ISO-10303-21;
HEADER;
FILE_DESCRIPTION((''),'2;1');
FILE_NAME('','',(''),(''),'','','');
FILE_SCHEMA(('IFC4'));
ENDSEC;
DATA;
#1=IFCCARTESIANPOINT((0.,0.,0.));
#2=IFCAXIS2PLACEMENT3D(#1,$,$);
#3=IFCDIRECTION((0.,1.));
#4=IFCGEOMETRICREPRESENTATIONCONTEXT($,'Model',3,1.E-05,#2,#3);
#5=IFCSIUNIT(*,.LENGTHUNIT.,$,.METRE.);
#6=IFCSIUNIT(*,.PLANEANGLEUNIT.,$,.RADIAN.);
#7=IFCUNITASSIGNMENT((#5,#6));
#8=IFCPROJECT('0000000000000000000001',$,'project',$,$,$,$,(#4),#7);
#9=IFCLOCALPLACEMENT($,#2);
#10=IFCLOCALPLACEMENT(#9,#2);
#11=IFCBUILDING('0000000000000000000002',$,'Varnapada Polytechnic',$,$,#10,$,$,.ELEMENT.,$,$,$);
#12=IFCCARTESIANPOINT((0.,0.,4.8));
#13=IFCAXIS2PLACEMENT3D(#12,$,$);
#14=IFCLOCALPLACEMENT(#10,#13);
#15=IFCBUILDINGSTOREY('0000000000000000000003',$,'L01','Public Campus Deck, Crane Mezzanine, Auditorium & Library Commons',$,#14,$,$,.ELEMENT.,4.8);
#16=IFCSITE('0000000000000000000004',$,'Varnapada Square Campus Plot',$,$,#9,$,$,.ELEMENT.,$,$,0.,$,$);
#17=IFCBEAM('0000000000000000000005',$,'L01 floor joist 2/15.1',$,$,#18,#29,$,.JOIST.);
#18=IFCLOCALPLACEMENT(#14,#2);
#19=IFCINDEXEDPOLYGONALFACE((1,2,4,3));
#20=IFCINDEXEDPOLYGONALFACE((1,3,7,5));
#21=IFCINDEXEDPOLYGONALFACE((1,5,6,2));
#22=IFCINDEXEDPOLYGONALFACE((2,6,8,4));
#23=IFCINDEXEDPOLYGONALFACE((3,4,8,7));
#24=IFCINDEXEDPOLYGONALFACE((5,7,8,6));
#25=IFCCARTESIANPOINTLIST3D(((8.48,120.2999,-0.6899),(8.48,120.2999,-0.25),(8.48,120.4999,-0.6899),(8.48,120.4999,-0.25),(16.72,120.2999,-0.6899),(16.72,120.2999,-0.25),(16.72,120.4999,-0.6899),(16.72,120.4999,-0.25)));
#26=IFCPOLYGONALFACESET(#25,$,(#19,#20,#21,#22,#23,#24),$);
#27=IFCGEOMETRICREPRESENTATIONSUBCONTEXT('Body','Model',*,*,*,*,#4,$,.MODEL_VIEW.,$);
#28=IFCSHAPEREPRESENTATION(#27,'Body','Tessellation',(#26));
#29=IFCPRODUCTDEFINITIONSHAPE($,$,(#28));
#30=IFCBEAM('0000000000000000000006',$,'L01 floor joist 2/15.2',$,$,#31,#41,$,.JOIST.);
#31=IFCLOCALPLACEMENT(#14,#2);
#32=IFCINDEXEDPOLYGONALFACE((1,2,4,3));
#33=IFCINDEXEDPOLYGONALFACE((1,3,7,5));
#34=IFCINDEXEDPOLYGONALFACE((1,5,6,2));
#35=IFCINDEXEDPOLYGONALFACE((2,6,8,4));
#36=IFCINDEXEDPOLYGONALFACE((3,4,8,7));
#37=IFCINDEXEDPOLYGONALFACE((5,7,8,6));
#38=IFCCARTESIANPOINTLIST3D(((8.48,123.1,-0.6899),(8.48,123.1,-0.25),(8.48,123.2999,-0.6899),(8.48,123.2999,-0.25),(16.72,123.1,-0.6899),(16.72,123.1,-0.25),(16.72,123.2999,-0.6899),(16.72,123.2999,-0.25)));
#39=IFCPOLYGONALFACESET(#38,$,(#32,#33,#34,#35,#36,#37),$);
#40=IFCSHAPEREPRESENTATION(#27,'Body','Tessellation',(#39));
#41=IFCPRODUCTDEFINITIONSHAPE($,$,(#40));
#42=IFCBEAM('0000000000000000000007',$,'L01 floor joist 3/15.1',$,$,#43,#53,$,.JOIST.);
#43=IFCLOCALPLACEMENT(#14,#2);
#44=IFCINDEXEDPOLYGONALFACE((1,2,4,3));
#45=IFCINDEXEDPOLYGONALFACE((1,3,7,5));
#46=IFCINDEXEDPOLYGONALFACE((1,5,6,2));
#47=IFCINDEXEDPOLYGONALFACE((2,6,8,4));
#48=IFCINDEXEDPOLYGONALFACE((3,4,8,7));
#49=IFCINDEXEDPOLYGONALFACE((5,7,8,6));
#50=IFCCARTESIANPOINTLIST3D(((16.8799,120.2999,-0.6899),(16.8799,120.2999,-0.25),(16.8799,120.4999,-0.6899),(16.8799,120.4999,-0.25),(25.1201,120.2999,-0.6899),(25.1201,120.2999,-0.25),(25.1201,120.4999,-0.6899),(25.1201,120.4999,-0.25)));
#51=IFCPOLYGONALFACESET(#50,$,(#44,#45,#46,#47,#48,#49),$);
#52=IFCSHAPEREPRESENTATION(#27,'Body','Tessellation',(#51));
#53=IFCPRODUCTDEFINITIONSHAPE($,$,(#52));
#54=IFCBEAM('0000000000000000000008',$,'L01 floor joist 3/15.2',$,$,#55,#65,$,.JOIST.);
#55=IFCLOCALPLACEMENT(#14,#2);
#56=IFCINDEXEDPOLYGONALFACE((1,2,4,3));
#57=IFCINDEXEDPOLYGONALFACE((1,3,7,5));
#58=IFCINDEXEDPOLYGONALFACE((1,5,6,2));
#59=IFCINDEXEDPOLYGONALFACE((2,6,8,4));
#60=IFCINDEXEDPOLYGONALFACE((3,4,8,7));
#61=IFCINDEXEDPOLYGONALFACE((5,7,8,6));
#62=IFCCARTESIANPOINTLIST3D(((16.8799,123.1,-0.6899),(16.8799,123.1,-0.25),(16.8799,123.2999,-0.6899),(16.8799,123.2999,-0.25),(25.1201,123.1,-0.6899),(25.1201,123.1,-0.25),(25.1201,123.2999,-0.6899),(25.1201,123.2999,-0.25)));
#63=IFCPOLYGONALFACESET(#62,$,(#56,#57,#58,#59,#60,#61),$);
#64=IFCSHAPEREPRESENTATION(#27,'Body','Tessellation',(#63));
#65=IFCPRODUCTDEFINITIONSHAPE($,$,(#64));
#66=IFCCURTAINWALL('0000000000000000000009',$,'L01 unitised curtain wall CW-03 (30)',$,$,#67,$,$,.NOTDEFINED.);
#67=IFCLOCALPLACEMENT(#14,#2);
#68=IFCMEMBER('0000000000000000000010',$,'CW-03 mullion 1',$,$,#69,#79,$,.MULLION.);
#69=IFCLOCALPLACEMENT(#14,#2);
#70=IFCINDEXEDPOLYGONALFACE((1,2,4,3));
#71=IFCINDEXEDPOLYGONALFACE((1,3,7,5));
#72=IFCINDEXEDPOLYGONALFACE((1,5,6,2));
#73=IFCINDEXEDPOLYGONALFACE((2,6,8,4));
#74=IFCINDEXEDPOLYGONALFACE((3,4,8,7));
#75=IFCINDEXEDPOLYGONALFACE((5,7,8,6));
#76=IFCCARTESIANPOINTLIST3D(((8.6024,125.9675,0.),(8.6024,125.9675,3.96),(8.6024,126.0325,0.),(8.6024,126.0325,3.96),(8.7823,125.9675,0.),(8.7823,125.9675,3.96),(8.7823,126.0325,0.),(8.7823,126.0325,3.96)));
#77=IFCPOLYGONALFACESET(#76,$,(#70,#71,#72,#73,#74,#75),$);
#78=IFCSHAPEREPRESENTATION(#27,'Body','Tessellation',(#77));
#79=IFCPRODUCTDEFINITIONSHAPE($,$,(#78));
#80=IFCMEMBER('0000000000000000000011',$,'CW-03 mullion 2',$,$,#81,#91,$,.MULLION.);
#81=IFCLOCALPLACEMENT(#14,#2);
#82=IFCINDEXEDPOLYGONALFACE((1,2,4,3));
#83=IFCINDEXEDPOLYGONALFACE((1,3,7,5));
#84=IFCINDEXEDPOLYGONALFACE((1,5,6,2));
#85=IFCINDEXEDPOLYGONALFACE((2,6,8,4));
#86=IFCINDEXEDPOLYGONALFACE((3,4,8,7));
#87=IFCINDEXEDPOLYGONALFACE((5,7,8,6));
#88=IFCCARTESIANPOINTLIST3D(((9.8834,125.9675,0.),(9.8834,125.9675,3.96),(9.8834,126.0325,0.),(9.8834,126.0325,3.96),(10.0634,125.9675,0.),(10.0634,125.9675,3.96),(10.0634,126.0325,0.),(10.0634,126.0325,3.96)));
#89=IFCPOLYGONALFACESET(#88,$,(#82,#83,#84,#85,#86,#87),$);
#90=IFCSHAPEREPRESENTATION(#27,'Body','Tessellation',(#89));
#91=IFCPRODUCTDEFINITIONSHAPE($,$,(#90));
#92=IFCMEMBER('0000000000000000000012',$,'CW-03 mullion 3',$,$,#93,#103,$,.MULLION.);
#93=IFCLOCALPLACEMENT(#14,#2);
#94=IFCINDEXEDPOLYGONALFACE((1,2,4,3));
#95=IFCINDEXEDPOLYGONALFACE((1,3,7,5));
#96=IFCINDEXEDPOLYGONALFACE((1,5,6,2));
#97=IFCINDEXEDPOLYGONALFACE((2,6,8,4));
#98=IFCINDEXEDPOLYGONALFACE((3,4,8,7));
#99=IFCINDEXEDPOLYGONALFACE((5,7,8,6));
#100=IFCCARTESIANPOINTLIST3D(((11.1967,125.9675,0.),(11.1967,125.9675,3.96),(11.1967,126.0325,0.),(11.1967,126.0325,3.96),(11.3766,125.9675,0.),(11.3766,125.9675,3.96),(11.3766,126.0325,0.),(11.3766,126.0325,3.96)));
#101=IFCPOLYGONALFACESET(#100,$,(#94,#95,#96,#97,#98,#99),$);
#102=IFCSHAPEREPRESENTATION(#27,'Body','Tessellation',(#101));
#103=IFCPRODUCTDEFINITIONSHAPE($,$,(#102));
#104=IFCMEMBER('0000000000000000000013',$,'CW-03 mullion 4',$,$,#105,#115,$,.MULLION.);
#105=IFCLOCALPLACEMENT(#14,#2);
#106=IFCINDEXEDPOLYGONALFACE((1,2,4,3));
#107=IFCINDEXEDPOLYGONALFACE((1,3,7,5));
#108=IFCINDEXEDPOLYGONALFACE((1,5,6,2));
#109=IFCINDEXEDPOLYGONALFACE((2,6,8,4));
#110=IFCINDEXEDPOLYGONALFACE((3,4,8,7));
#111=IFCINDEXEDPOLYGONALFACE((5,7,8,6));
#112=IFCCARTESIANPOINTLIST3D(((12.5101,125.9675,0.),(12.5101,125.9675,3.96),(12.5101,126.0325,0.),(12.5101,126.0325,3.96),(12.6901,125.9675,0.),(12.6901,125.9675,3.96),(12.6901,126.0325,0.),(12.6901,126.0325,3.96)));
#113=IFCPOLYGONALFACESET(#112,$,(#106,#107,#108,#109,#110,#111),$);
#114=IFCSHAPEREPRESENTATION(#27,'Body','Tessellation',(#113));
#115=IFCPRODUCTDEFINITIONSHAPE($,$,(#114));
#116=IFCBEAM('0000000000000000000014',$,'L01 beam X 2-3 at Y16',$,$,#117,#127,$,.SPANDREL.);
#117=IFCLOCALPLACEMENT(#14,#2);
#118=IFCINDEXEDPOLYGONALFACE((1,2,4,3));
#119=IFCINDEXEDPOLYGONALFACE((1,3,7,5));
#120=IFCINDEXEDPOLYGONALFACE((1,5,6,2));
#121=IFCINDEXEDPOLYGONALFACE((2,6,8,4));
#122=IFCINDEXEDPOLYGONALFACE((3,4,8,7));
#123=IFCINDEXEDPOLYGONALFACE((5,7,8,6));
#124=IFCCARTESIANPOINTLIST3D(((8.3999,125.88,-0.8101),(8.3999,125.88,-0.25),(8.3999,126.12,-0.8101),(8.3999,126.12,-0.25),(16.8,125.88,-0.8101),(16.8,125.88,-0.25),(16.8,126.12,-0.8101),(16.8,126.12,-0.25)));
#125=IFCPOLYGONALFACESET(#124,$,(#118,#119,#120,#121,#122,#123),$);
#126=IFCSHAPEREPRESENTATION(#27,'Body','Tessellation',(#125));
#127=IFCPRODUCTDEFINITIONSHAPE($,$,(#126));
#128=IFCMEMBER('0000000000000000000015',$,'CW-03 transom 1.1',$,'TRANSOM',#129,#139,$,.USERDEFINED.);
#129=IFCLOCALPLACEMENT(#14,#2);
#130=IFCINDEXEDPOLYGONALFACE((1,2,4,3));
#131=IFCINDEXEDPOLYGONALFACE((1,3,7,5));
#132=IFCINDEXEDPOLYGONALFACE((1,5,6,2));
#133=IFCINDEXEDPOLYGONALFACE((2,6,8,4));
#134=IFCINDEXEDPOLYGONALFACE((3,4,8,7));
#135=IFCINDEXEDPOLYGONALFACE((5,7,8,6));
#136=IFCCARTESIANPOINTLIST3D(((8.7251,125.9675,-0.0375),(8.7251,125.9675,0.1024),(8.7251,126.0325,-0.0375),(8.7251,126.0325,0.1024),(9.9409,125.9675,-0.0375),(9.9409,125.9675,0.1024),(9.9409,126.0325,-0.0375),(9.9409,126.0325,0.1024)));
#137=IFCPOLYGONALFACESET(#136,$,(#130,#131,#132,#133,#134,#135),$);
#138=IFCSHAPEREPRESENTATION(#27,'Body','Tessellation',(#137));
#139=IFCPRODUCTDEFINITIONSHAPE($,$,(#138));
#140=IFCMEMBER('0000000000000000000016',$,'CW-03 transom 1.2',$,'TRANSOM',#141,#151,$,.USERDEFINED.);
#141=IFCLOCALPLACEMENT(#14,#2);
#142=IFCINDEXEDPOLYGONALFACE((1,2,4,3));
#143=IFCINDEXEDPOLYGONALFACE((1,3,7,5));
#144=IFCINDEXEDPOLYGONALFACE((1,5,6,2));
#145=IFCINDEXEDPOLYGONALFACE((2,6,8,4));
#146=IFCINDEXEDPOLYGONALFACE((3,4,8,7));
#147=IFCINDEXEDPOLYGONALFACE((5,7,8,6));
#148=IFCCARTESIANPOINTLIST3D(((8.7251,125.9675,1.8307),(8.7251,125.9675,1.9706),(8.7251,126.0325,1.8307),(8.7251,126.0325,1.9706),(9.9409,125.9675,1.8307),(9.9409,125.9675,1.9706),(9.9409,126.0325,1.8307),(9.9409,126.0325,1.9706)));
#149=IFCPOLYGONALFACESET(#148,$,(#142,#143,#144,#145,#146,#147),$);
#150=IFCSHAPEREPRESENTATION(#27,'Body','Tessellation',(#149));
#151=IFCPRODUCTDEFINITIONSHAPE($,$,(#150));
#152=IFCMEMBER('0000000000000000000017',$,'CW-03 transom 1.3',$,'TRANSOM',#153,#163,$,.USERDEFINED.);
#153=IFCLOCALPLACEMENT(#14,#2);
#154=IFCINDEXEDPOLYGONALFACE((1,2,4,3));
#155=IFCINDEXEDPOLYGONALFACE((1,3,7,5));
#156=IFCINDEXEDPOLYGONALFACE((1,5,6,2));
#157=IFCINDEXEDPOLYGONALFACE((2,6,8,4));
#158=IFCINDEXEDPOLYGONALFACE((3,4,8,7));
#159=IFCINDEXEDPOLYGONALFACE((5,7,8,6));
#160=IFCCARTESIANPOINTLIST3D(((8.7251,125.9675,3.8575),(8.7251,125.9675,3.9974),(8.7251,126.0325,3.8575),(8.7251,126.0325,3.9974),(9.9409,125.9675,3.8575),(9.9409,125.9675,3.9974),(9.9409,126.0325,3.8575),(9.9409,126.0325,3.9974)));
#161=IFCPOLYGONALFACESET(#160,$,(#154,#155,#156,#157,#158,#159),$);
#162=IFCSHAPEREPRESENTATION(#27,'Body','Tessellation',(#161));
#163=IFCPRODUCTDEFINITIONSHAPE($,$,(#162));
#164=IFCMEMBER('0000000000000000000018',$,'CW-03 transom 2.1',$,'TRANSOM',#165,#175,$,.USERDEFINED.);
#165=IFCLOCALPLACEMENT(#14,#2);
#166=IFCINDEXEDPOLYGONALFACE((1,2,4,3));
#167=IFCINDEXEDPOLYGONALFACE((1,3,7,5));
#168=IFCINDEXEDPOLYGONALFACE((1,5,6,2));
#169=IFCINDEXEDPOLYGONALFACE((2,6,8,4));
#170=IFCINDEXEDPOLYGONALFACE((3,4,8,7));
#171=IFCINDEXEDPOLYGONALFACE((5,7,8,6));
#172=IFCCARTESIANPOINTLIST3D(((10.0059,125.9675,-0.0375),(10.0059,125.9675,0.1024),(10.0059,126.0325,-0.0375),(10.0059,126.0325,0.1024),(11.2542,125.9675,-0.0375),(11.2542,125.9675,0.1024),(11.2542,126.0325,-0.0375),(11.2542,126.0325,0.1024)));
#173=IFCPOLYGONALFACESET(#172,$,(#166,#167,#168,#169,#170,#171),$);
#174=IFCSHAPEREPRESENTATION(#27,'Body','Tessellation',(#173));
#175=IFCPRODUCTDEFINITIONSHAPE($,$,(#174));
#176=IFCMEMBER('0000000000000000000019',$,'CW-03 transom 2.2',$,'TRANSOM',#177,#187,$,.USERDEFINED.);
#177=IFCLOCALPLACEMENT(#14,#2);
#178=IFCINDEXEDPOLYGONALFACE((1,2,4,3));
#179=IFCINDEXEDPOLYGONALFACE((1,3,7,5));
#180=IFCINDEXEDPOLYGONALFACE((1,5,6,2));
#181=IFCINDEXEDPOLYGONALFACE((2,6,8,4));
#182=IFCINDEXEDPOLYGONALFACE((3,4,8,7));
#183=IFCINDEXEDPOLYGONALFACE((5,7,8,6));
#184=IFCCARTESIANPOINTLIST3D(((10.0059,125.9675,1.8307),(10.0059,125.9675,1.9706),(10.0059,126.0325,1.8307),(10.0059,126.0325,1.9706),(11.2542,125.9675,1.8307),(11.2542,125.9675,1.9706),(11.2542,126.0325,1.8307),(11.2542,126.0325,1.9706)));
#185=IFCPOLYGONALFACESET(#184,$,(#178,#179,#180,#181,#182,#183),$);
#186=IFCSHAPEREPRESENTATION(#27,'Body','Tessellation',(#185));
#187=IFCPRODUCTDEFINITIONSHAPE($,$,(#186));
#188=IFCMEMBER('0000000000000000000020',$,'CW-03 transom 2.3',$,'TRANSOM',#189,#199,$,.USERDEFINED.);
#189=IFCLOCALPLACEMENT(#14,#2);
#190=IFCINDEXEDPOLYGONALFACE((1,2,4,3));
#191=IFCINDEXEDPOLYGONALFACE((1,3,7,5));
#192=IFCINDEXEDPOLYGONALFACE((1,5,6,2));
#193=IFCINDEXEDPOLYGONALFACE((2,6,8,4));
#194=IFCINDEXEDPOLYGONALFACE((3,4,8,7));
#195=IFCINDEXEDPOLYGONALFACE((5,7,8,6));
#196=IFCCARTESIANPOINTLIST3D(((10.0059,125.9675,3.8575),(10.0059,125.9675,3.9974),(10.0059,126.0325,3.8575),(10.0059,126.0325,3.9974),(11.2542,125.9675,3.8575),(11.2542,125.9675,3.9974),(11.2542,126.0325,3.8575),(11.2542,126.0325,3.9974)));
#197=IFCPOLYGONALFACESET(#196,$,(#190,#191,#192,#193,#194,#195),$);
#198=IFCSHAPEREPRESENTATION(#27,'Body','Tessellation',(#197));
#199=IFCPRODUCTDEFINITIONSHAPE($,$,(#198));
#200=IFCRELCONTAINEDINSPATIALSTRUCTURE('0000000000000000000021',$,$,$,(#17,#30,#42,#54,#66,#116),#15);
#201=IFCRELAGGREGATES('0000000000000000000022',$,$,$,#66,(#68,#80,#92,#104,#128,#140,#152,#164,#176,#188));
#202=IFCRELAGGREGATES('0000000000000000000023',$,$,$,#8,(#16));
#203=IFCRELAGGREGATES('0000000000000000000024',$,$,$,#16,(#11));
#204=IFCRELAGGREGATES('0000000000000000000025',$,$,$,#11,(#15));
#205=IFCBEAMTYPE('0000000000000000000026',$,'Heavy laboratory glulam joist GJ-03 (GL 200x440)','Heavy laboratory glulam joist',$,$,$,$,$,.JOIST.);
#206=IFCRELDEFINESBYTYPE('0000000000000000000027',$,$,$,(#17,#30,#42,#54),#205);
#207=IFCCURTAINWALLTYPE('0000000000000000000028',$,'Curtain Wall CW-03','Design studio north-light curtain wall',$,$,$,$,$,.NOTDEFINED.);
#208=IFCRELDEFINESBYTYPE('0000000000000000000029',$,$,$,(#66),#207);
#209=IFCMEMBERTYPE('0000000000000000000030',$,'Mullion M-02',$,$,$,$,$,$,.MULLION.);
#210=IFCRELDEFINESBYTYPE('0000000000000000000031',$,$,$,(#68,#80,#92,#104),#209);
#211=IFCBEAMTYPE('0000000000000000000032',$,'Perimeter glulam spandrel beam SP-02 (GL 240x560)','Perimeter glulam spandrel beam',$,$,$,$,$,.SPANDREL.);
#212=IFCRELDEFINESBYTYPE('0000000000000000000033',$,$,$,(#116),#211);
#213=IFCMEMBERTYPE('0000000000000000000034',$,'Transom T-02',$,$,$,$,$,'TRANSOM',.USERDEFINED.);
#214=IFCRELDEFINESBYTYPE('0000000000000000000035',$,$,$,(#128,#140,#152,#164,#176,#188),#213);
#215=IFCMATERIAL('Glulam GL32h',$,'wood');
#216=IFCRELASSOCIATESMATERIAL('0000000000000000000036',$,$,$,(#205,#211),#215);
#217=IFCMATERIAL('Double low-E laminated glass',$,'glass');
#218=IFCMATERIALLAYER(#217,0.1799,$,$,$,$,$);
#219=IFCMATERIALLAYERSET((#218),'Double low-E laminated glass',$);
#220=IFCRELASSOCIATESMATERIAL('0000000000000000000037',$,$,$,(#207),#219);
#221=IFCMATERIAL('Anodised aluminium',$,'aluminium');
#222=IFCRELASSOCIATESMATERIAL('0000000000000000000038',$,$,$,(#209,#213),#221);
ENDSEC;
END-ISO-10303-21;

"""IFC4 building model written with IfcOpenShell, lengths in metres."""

from ifc_helpers import new_model, si_unit, direction, frame, origin, origin_2d, place, context, subcontext, project, spatial, rectangle, extrude, material, layer, layer_set, material_profile, profile_set, type_object, element, aggregate, save


model = new_model("IFC4")

# Units and contexts
model_context = context("Model", 3, precision=1e-05, world=origin(), true_north=direction((0.0, 1.0)))
body_context = subcontext(model_context, "Body", "Model", "MODEL_VIEW")
ifc_project = project(units=[si_unit("LENGTHUNIT", "METRE"), si_unit("PLANEANGLEUNIT", "RADIAN")], contexts=[model_context])

# Site, building, storey
site_placement = place(None, origin())
site = spatial("IfcSite", under=ifc_project, at=site_placement, Name="Varnapada Square Campus Plot", CompositionType="ELEMENT", RefElevation=0.0)
building_placement = place(site_placement, origin())
building = spatial("IfcBuilding", under=site, at=building_placement, Name="Varnapada Polytechnic", CompositionType="ELEMENT")
storey_placement = place(building_placement, frame((0.0, 0.0, 4.8)))
storey = spatial("IfcBuildingStorey", under=building, at=storey_placement, Name="L01", Description="Public Campus Deck, Crane Mezzanine, Auditorium & Library Commons", CompositionType="ELEMENT", Elevation=4.8)

# Beams
ifc_material_1 = material(Name="Glulam GL32h", Category="wood")
ifc_material_profile_1 = material_profile(ifc_material_1, rectangle(XDim=0.2, YDim=0.4399, at=origin_2d()), Name="GL 200x440")
ifc_profile_set_1 = profile_set([ifc_material_profile_1], Name="Glulam GL32h")
beam_type_1 = type_object("IfcBeamType", Name="Heavy laboratory glulam joist GJ-03 (GL 200x440)", Description="Heavy laboratory glulam joist", PredefinedType="JOIST", material=ifc_profile_set_1)
for number, where, z_axis, x_axis, name in (
    (1, (8.48, 120.3999, -0.47), (1.0, 0.0, 0.0), (0.0, 1.0, 0.0), "L01 floor joist 2/15.1"),
    (2, (8.48, 123.2, -0.47), (1.0, 0.0, 0.0), (0.0, 1.0, 0.0), "L01 floor joist 2/15.2"),
):
    element("IfcBeam", number, at=place(storey_placement, frame(where, z_axis=z_axis, x_axis=x_axis)), inside=storey, type_object=beam_type_1, Name=name, PredefinedType="JOIST", context=body_context, shape_type="SweptSolid", body=[
        extrude(rectangle(XDim=0.2, YDim=0.4399, at=origin_2d()), origin(), (0.0, 0.0, 1.0), 8.24),
    ])
for number, where, z_axis, x_axis, name in (
    (3, (16.8799, 120.3999, -0.47), (1.0, 0.0, 0.0), (0.0, 1.0, 0.0), "L01 floor joist 3/15.1"),
    (4, (16.8799, 123.2, -0.47), (1.0, 0.0, 0.0), (0.0, 1.0, 0.0), "L01 floor joist 3/15.2"),
):
    element("IfcBeam", number, at=place(storey_placement, frame(where, z_axis=z_axis, x_axis=x_axis)), inside=storey, type_object=beam_type_1, Name=name, PredefinedType="JOIST", context=body_context, shape_type="SweptSolid", body=[
        extrude(rectangle(XDim=0.2, YDim=0.4399, at=origin_2d()), origin(), (0.0, 0.0, 1.0), 8.2402),
    ])

# Curtain wall, members
ifc_material_2 = material(Name="Double low-E laminated glass", Category="glass")
ifc_layer_1 = layer(ifc_material_2, 0.1799)
ifc_layer_set_1 = layer_set([ifc_layer_1], Name="Double low-E laminated glass")
curtain_wall_type = type_object("IfcCurtainWallType", Name="Curtain Wall CW-03", Description="Design studio north-light curtain wall", PredefinedType="NOTDEFINED", material=ifc_layer_set_1)
curtain_wall_placement = place(storey_placement, origin())
curtain_wall = element("IfcCurtainWall", 5, at=curtain_wall_placement, inside=storey, type_object=curtain_wall_type, Name="L01 unitised curtain wall CW-03 (30)", PredefinedType="NOTDEFINED")
ifc_material_3 = material(Name="Anodised aluminium", Category="aluminium")
ifc_material_profile_2 = material_profile(ifc_material_3, rectangle(XDim=0.0649, YDim=0.1799, at=origin_2d()), Name="ALU M65x180")
ifc_profile_set_2 = profile_set([ifc_material_profile_2], Name="Anodised aluminium")
member_type_1 = type_object("IfcMemberType", Name="Mullion M-02", PredefinedType="MULLION", material=ifc_profile_set_2)
member_1_placement = place(storey_placement, frame((8.6924, 126.0, 0.0), z_axis=(0.0, 0.0, 1.0), x_axis=(0.0, 1.0, 0.0)))
member_1 = element("IfcMember", 6, at=member_1_placement, type_object=member_type_1, Name="CW-03 mullion 1", PredefinedType="MULLION", context=body_context, shape_type="SweptSolid", body=[
    extrude(rectangle(XDim=0.0649, YDim=0.1799, at=origin_2d()), origin(), (0.0, 0.0, 1.0), 3.96),
])
member_2_placement = place(storey_placement, frame((9.9734, 126.0, 0.0), z_axis=(0.0, 0.0, 1.0), x_axis=(0.0, 1.0, 0.0)))
member_2 = element("IfcMember", 7, at=member_2_placement, type_object=member_type_1, Name="CW-03 mullion 2", PredefinedType="MULLION", context=body_context, shape_type="SweptSolid", body=[
    extrude(rectangle(XDim=0.0649, YDim=0.1799, at=origin_2d()), origin(), (0.0, 0.0, 1.0), 3.96),
])
member_3_placement = place(storey_placement, frame((11.2866, 126.0, 0.0), z_axis=(0.0, 0.0, 1.0), x_axis=(0.0, 1.0, 0.0)))
member_3 = element("IfcMember", 8, at=member_3_placement, type_object=member_type_1, Name="CW-03 mullion 3", PredefinedType="MULLION", context=body_context, shape_type="SweptSolid", body=[
    extrude(rectangle(XDim=0.0649, YDim=0.1799, at=origin_2d()), origin(), (0.0, 0.0, 1.0), 3.96),
])
member_4_placement = place(storey_placement, frame((12.6001, 126.0, 0.0), z_axis=(0.0, 0.0, 1.0), x_axis=(0.0, 1.0, 0.0)))
member_4 = element("IfcMember", 9, at=member_4_placement, type_object=member_type_1, Name="CW-03 mullion 4", PredefinedType="MULLION", context=body_context, shape_type="SweptSolid", body=[
    extrude(rectangle(XDim=0.0649, YDim=0.1799, at=origin_2d()), origin(), (0.0, 0.0, 1.0), 3.96),
])

# Beam
ifc_material_profile_3 = material_profile(ifc_material_1, rectangle(XDim=0.24, YDim=0.5601, at=origin_2d()), Name="GL 240x560")
ifc_profile_set_3 = profile_set([ifc_material_profile_3], Name="Glulam GL32h")
beam_type_2 = type_object("IfcBeamType", Name="Perimeter glulam spandrel beam SP-02 (GL 240x560)", Description="Perimeter glulam spandrel beam", PredefinedType="SPANDREL", material=ifc_profile_set_3)
beam_placement = place(storey_placement, frame((8.3999, 126.0, -0.53), z_axis=(1.0, 0.0, 0.0), x_axis=(0.0, 1.0, 0.0)))
element("IfcBeam", 10, at=beam_placement, inside=storey, type_object=beam_type_2, Name="L01 beam X 2-3 at Y16", PredefinedType="SPANDREL", context=body_context, shape_type="SweptSolid", body=[
    extrude(rectangle(XDim=0.24, YDim=0.5601, at=origin_2d()), origin(), (0.0, 0.0, 1.0), 8.4001),
])

# Members
ifc_material_profile_4 = material_profile(ifc_material_3, rectangle(XDim=0.0649, YDim=0.1399, at=origin_2d()), Name="ALU T65x140")
ifc_profile_set_4 = profile_set([ifc_material_profile_4], Name="Anodised aluminium")
member_type_2 = type_object("IfcMemberType", Name="Transom T-02", ElementType="TRANSOM", PredefinedType="USERDEFINED", material=ifc_profile_set_4)
member_5_placement = place(storey_placement, frame((8.7251, 126.0, 0.0325), z_axis=(1.0, 0.0, 0.0), x_axis=(0.0, 1.0, 0.0)))
member_5 = element("IfcMember", 11, at=member_5_placement, type_object=member_type_2, Name="CW-03 transom 1.1", ObjectType="TRANSOM", PredefinedType="USERDEFINED", context=body_context, shape_type="SweptSolid", body=[
    extrude(rectangle(XDim=0.0649, YDim=0.1399, at=origin_2d()), origin(), (0.0, 0.0, 1.0), 1.2158),
])
member_6_placement = place(storey_placement, frame((8.7251, 126.0, 1.9006), z_axis=(1.0, 0.0, 0.0), x_axis=(0.0, 1.0, 0.0)))
member_6 = element("IfcMember", 12, at=member_6_placement, type_object=member_type_2, Name="CW-03 transom 1.2", ObjectType="TRANSOM", PredefinedType="USERDEFINED", context=body_context, shape_type="SweptSolid", body=[
    extrude(rectangle(XDim=0.0649, YDim=0.1399, at=origin_2d()), origin(), (0.0, 0.0, 1.0), 1.2158),
])
member_7_placement = place(storey_placement, frame((8.7251, 126.0, 3.9275), z_axis=(1.0, 0.0, 0.0), x_axis=(0.0, 1.0, 0.0)))
member_7 = element("IfcMember", 13, at=member_7_placement, type_object=member_type_2, Name="CW-03 transom 1.3", ObjectType="TRANSOM", PredefinedType="USERDEFINED", context=body_context, shape_type="SweptSolid", body=[
    extrude(rectangle(XDim=0.0649, YDim=0.1399, at=origin_2d()), origin(), (0.0, 0.0, 1.0), 1.2158),
])
member_8_placement = place(storey_placement, frame((10.0059, 126.0, 0.0325), z_axis=(1.0, 0.0, 0.0), x_axis=(0.0, 1.0, 0.0)))
member_8 = element("IfcMember", 14, at=member_8_placement, type_object=member_type_2, Name="CW-03 transom 2.1", ObjectType="TRANSOM", PredefinedType="USERDEFINED", context=body_context, shape_type="SweptSolid", body=[
    extrude(rectangle(XDim=0.0649, YDim=0.1399, at=origin_2d()), origin(), (0.0, 0.0, 1.0), 1.2483),
])
member_9_placement = place(storey_placement, frame((10.0059, 126.0, 1.9006), z_axis=(1.0, 0.0, 0.0), x_axis=(0.0, 1.0, 0.0)))
member_9 = element("IfcMember", 15, at=member_9_placement, type_object=member_type_2, Name="CW-03 transom 2.2", ObjectType="TRANSOM", PredefinedType="USERDEFINED", context=body_context, shape_type="SweptSolid", body=[
    extrude(rectangle(XDim=0.0649, YDim=0.1399, at=origin_2d()), origin(), (0.0, 0.0, 1.0), 1.2483),
])
member_10_placement = place(storey_placement, frame((10.0059, 126.0, 3.9275), z_axis=(1.0, 0.0, 0.0), x_axis=(0.0, 1.0, 0.0)))
member_10 = element("IfcMember", 16, at=member_10_placement, type_object=member_type_2, Name="CW-03 transom 2.3", ObjectType="TRANSOM", PredefinedType="USERDEFINED", context=body_context, shape_type="SweptSolid", body=[
    extrude(rectangle(XDim=0.0649, YDim=0.1399, at=origin_2d()), origin(), (0.0, 0.0, 1.0), 1.2483),
])

aggregate(curtain_wall, [member_1, member_2, member_3, member_4, member_5, member_6, member_7, member_8, member_9, member_10])

save(model, "model.ifc")
